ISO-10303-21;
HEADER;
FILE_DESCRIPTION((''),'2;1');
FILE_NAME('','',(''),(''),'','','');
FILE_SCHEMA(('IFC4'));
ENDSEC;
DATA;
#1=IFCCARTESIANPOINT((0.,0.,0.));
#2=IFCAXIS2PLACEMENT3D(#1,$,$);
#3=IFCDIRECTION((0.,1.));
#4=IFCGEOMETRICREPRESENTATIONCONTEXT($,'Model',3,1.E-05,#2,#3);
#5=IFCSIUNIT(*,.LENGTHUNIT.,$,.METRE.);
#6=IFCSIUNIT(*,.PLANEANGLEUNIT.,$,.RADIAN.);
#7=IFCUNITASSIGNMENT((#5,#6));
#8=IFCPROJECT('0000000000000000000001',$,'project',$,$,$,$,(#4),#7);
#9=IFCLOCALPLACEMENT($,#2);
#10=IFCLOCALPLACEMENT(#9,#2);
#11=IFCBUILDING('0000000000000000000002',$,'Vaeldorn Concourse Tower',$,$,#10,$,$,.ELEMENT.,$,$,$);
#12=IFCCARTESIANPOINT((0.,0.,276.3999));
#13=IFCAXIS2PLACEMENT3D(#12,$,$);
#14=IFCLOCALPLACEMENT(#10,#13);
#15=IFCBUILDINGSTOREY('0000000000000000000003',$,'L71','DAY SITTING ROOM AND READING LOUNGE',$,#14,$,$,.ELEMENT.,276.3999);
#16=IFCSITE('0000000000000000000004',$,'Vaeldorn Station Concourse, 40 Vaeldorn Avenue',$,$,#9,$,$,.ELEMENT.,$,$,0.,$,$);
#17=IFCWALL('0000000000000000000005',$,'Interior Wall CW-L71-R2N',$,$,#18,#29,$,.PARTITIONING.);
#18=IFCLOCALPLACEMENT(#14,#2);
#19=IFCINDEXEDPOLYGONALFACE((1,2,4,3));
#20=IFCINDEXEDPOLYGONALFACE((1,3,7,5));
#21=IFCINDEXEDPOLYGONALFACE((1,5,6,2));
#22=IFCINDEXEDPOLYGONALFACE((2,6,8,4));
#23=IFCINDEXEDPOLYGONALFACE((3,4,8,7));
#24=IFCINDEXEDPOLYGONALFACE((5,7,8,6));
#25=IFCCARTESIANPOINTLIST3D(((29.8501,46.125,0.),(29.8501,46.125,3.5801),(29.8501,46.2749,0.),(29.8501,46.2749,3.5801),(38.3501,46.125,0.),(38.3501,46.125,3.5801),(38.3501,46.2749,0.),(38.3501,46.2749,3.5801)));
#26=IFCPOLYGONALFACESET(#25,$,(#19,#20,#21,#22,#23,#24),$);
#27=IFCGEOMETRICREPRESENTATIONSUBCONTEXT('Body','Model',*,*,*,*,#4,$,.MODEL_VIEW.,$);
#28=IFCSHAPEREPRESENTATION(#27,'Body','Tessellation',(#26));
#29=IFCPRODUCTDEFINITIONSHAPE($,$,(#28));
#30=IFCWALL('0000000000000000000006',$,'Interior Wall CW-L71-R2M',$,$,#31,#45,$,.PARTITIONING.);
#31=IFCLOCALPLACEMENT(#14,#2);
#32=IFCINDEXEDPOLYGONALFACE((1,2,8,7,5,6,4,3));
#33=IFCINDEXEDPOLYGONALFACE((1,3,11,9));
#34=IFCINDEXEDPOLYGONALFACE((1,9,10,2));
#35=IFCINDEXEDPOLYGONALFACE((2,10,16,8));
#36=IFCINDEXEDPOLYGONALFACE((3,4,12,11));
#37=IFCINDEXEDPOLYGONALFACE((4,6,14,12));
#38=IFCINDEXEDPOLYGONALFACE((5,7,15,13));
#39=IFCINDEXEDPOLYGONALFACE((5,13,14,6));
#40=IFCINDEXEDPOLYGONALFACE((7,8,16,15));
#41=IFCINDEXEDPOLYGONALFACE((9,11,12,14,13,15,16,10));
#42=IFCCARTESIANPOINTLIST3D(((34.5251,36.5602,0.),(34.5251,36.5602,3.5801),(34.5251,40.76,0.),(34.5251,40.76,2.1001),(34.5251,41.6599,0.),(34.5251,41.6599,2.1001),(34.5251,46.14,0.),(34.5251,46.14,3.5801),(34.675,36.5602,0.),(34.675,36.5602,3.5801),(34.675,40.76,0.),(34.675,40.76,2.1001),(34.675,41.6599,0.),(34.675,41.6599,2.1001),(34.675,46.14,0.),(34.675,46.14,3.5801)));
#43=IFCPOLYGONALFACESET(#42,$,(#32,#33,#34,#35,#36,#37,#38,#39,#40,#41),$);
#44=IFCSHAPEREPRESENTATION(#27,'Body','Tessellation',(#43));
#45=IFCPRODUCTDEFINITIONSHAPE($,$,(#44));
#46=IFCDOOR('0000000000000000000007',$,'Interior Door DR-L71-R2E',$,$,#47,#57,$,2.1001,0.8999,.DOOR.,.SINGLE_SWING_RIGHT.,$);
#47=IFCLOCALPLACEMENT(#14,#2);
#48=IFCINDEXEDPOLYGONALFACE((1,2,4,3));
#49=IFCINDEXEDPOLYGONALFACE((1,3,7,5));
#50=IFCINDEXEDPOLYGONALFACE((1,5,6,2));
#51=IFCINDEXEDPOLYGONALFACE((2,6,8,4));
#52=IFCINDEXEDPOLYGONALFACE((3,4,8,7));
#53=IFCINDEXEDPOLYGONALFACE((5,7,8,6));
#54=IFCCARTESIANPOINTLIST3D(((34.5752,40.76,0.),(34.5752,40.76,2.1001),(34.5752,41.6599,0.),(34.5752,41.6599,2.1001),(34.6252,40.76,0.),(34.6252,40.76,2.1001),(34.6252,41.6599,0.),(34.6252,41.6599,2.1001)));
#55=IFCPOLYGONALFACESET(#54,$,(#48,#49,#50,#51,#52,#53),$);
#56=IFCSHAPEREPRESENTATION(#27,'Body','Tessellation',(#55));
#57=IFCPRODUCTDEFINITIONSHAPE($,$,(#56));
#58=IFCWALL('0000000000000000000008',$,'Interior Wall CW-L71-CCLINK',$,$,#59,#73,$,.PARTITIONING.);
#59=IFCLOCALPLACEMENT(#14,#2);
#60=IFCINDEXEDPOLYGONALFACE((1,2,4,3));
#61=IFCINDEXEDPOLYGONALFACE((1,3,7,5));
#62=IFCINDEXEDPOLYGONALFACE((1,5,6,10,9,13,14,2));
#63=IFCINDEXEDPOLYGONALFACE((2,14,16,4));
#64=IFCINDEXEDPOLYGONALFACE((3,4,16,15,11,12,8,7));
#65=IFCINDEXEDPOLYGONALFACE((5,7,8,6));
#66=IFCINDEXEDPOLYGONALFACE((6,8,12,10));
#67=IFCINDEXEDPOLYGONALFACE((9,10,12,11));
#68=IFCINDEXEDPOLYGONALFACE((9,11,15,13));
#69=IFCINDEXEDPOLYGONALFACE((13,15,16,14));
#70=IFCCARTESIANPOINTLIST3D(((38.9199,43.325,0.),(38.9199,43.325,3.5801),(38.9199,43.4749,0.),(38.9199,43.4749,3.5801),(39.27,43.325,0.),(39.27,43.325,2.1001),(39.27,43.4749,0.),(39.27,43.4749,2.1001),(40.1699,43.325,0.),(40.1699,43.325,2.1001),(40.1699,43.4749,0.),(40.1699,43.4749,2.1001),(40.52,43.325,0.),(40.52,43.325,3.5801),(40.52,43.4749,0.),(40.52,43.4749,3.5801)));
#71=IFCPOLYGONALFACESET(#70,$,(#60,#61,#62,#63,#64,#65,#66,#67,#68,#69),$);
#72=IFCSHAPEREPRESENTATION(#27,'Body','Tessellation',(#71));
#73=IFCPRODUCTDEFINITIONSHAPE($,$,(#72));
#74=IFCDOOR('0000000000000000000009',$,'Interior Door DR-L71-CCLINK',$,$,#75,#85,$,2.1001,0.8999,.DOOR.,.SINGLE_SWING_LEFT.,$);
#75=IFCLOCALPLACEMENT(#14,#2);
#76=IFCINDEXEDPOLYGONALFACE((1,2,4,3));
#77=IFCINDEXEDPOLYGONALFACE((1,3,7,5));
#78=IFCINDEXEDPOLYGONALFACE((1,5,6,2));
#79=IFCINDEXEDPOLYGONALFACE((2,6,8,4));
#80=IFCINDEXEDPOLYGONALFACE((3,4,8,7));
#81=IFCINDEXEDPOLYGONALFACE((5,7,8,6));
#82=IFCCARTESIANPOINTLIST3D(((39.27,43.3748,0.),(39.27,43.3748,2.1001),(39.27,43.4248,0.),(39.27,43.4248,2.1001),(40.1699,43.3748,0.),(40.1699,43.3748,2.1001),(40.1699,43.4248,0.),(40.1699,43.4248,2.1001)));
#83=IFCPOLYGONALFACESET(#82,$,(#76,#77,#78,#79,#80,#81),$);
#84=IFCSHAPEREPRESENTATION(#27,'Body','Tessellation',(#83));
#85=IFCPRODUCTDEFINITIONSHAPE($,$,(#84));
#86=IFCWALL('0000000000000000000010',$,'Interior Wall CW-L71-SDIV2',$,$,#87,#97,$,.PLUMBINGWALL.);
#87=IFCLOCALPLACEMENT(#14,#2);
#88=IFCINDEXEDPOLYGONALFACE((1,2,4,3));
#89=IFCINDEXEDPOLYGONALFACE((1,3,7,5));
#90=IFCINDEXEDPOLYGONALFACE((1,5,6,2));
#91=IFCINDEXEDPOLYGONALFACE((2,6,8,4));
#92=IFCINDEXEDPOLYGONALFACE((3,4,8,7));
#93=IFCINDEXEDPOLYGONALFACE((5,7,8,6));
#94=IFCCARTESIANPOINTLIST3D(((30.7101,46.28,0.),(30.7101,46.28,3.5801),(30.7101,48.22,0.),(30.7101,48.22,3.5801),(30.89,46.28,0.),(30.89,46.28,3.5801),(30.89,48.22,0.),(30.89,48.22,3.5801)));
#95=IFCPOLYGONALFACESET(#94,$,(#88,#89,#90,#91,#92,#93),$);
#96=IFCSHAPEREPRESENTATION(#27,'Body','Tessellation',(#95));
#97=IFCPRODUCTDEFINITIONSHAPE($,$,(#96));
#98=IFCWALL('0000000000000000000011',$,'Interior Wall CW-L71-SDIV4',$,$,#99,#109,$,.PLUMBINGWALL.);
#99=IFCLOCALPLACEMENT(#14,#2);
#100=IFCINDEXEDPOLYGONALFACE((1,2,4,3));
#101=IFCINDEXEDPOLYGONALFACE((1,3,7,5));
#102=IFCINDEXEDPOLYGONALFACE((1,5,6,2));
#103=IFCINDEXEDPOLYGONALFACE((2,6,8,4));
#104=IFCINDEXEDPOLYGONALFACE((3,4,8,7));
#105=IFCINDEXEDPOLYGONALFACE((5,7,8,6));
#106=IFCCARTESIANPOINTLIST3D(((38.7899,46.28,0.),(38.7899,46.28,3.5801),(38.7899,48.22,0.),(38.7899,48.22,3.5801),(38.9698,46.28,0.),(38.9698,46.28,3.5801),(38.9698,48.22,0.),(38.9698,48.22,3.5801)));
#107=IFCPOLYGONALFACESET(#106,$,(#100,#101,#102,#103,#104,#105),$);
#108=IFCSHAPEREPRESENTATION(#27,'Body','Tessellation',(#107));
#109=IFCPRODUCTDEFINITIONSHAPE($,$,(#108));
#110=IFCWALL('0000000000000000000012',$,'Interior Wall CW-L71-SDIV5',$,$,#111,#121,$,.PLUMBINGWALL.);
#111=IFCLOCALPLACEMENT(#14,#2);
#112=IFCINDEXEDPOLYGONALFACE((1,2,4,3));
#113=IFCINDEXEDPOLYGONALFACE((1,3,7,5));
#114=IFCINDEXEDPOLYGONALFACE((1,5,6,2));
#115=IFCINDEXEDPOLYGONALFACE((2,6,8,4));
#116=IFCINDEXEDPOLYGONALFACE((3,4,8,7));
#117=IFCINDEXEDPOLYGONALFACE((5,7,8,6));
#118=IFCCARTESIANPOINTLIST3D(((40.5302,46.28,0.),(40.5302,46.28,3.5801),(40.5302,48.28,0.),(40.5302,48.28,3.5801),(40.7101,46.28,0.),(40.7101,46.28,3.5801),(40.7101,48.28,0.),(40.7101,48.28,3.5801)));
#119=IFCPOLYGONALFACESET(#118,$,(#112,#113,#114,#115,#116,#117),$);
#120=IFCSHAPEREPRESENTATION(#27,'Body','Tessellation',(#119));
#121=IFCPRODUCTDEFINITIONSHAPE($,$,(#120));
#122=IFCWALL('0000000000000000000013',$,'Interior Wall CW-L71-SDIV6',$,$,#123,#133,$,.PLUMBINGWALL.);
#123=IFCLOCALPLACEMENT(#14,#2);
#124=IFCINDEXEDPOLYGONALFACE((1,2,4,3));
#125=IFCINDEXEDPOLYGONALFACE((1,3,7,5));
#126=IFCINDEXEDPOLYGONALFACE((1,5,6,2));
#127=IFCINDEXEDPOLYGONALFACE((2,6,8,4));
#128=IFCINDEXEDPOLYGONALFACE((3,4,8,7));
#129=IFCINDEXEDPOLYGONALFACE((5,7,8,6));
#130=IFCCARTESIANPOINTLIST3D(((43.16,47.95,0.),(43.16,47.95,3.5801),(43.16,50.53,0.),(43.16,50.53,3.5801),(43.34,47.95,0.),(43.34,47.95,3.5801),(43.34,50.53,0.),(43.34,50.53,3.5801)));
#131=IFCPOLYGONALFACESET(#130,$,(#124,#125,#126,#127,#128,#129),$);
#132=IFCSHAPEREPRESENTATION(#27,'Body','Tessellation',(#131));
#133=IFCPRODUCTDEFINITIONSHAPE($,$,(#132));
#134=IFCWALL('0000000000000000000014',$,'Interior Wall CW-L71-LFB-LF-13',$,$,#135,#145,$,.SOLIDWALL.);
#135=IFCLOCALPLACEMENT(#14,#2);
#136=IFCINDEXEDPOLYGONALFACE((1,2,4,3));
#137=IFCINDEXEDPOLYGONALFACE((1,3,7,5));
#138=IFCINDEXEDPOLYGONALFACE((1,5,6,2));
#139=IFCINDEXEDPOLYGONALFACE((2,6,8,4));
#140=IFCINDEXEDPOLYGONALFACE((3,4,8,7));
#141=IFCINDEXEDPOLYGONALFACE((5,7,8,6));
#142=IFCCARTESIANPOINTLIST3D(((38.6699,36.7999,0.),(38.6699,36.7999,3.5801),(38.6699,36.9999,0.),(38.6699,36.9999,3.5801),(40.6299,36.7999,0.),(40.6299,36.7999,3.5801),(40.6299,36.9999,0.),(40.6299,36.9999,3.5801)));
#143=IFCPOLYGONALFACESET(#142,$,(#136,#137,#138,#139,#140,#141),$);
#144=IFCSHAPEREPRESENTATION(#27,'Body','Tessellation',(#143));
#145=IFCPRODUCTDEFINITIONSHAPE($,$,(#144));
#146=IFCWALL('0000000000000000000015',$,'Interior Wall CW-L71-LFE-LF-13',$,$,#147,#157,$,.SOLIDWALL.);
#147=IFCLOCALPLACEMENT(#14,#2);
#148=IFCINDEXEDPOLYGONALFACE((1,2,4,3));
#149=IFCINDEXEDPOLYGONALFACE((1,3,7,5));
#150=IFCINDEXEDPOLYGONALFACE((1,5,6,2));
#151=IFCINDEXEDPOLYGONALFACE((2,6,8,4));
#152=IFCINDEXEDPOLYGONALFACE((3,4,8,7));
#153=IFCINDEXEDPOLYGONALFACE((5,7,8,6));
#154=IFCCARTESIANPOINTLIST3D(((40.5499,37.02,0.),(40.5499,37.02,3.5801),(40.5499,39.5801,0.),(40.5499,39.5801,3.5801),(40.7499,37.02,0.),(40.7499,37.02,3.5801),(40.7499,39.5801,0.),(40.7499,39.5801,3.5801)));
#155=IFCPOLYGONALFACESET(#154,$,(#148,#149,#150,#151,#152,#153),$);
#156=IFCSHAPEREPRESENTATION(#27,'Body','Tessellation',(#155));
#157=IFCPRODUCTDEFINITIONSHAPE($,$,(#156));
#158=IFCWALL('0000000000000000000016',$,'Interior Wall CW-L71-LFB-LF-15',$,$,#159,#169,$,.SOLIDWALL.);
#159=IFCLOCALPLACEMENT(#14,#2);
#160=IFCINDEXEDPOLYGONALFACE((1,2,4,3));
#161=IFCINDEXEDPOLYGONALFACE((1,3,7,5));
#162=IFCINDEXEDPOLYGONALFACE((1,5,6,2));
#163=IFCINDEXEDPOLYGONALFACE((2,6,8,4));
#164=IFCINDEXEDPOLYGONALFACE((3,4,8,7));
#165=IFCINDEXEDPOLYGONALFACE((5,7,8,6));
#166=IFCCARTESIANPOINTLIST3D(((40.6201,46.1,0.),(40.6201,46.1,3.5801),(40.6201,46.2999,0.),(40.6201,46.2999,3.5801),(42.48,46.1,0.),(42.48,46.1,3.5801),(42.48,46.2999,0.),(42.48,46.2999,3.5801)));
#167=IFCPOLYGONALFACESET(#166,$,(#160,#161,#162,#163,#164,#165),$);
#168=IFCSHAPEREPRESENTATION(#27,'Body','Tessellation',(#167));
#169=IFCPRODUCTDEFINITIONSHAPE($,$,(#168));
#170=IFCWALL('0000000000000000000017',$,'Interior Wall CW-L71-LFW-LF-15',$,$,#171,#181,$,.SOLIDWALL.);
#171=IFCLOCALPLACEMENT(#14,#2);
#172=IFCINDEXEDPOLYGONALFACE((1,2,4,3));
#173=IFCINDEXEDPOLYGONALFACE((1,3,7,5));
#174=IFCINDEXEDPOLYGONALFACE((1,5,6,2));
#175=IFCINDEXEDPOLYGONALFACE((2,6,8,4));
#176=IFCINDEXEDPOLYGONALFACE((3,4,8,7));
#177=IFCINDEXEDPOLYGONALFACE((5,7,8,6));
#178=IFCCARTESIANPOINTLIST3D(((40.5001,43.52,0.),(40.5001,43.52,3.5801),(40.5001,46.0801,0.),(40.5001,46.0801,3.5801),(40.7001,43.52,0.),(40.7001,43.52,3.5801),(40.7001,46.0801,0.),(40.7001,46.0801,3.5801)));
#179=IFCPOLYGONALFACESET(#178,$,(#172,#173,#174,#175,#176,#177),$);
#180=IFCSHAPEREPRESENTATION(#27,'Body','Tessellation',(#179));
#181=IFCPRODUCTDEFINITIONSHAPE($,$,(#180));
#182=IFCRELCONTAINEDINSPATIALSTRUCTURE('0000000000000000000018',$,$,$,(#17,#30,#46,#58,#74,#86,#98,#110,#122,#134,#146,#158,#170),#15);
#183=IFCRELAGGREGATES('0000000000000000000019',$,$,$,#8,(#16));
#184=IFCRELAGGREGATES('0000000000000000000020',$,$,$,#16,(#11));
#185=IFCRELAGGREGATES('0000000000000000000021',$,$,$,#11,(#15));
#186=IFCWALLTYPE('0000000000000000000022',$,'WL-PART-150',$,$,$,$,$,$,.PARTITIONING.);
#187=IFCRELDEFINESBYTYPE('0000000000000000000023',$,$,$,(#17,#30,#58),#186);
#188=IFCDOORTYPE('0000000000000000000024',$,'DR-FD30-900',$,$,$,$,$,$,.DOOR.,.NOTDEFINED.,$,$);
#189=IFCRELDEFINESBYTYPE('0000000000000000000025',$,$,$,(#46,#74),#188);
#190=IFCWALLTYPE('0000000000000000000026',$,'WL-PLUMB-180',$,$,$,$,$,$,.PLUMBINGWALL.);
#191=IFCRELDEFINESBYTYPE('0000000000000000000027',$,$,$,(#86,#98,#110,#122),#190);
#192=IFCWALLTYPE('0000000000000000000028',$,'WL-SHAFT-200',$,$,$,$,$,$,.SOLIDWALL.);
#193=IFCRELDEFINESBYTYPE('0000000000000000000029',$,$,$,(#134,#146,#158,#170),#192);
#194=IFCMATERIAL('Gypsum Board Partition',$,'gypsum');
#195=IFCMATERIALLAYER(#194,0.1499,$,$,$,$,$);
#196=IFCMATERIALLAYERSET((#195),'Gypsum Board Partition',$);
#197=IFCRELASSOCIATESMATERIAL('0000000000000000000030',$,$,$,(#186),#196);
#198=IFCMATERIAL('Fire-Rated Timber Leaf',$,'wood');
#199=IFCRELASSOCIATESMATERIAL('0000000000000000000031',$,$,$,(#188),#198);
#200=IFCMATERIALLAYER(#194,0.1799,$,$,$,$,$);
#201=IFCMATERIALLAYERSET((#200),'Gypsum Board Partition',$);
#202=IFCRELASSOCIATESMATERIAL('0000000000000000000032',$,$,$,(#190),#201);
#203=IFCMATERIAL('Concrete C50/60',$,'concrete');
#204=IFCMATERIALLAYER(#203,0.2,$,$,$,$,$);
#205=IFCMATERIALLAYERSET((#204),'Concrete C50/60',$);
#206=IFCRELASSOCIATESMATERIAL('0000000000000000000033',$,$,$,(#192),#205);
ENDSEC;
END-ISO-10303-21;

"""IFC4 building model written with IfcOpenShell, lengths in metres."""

from ifc_helpers import new_model, si_unit, direction, frame, frame_2d, origin, place, context, subcontext, project, spatial, rectangle, extrude, source, transform, mapped, material, layer, layer_set, type_object, element, fill, save


model = new_model("IFC4")

# Units and contexts
model_context = context("Model", 3, precision=1e-05, world=origin(), true_north=direction((0.0, 1.0)))
body_context = subcontext(model_context, "Body", "Model", "MODEL_VIEW")
ifc_project = project(units=[si_unit("LENGTHUNIT", "METRE"), si_unit("PLANEANGLEUNIT", "RADIAN")], contexts=[model_context])

# Site, building, storey
site_placement = place(None, origin())
site = spatial("IfcSite", under=ifc_project, at=site_placement, Name="Vaeldorn Station Concourse, 40 Vaeldorn Avenue", CompositionType="ELEMENT", RefElevation=0.0)
building_placement = place(site_placement, origin())
building = spatial("IfcBuilding", under=site, at=building_placement, Name="Vaeldorn Concourse Tower", CompositionType="ELEMENT")
storey_placement = place(building_placement, frame((0.0, 0.0, 276.3999)))
storey = spatial("IfcBuildingStorey", under=building, at=storey_placement, Name="L71", Description="DAY SITTING ROOM AND READING LOUNGE", CompositionType="ELEMENT", Elevation=276.3999)

# Wall
ifc_material_1 = material(Name="Concrete C50/60", Category="concrete")
ifc_material_2 = material(Name="Gypsum Board Partition", Category="gypsum")
ifc_layer_1 = layer(ifc_material_2, 0.1499)
ifc_layer_set_1 = layer_set([ifc_layer_1], Name="Gypsum Board Partition")
wall_type_1 = type_object("IfcWallType", Name="WL-PART-150", PredefinedType="PARTITIONING", material=ifc_layer_set_1)
wall_1_placement = place(storey_placement, frame((29.8501, 46.2, 0.0), z_axis=(0.0, 0.0, 1.0), x_axis=(1.0, 0.0, 0.0)))
element("IfcWall", 1, at=wall_1_placement, inside=storey, type_object=wall_type_1, Name="Interior Wall CW-L71-R2N", PredefinedType="PARTITIONING", context=body_context, shape_type="SweptSolid", body=[
    extrude(rectangle(XDim=8.5, YDim=0.1499, at=frame_2d((4.25, 0.0))), origin(), (0.0, 0.0, 1.0), 3.5801),
])

# Walls, openings, doors
wall_2_placement = place(storey_placement, frame((34.6001, 36.5601, 0.0), z_axis=(0.0, 0.0, 1.0), x_axis=(0.0, 1.0, 0.0)))
wall_2 = element("IfcWall", 2, at=wall_2_placement, inside=storey, type_object=wall_type_1, Name="Interior Wall CW-L71-R2M", PredefinedType="PARTITIONING", context=body_context, shape_type="SweptSolid", body=[
    extrude(rectangle(XDim=9.5798, YDim=0.1499, at=frame_2d((4.79, 0.0))), origin(), (0.0, 0.0, 1.0), 3.5801),
])
opening_1_placement = place(wall_2_placement, frame((4.2, 0.0, 0.0)))
opening_1 = element("IfcOpeningElement", 3, at=opening_1_placement, cuts=wall_2, PredefinedType="OPENING", context=body_context, shape_type="SweptSolid", body=[
    extrude(rectangle(XDim=0.8999, YDim=2.1001, at=frame_2d((0.45, 1.05))), frame((0.0, 0.085, 0.0), z_axis=(0.0, -1.0, 0.0), x_axis=(1.0, 0.0, 0.0)), (0.0, 0.0, 1.0), 0.1699),
])
ifc_material_3 = material(Name="Fire-Rated Timber Leaf", Category="wood")
door_type_1 = type_object("IfcDoorType", Name="DR-FD30-900", OperationType="NOTDEFINED", PredefinedType="DOOR", material=ifc_material_3)
shared_shape_1 = source(origin(), body_context, "Body", "SweptSolid", [
    extrude(rectangle(XDim=0.8999, YDim=2.1001, at=frame_2d((0.45, 1.05))), frame((0.0, 0.0249, 0.0), z_axis=(0.0, -1.0, 0.0), x_axis=(1.0, 0.0, 0.0)), (0.0, 0.0, 1.0), 0.05),
])
door_1_placement = place(opening_1_placement, origin())
door_1 = element("IfcDoor", 4, at=door_1_placement, inside=storey, type_object=door_type_1, Name="Interior Door DR-L71-R2E", OperationType="SINGLE_SWING_RIGHT", OverallHeight=2.1001, OverallWidth=0.8999, PredefinedType="DOOR", context=body_context, shape_type="MappedRepresentation", body=[
    mapped(shared_shape_1, transform((0.0, 0.0, 0.0), scale=1.0)),
])
fill(opening_1, door_1)
wall_3_placement = place(storey_placement, frame((38.9199, 43.3999, 0.0), z_axis=(0.0, 0.0, 1.0), x_axis=(1.0, 0.0, 0.0)))
wall_3 = element("IfcWall", 5, at=wall_3_placement, inside=storey, type_object=wall_type_1, Name="Interior Wall CW-L71-CCLINK", PredefinedType="PARTITIONING", context=body_context, shape_type="SweptSolid", body=[
    extrude(rectangle(XDim=1.6001, YDim=0.1499, at=frame_2d((0.8, 0.0))), origin(), (0.0, 0.0, 1.0), 3.5801),
])
opening_2_placement = place(wall_3_placement, frame((0.3501, 0.0, 0.0)))
opening_2 = element("IfcOpeningElement", 6, at=opening_2_placement, cuts=wall_3, PredefinedType="OPENING", context=body_context, shape_type="SweptSolid", body=[
    extrude(rectangle(XDim=0.8999, YDim=2.1001, at=frame_2d((0.45, 1.05))), frame((0.0, 0.085, 0.0), z_axis=(0.0, -1.0, 0.0), x_axis=(1.0, 0.0, 0.0)), (0.0, 0.0, 1.0), 0.1699),
])
door_2_placement = place(opening_2_placement, origin())
door_2 = element("IfcDoor", 7, at=door_2_placement, inside=storey, type_object=door_type_1, Name="Interior Door DR-L71-CCLINK", OperationType="SINGLE_SWING_LEFT", OverallHeight=2.1001, OverallWidth=0.8999, PredefinedType="DOOR", context=body_context, shape_type="MappedRepresentation", body=[
    mapped(shared_shape_1, transform((0.0, 0.0, 0.0), scale=1.0)),
])
fill(opening_2, door_2)

# Walls
ifc_layer_2 = layer(ifc_material_2, 0.1799)
ifc_layer_set_2 = layer_set([ifc_layer_2], Name="Gypsum Board Partition")
wall_type_2 = type_object("IfcWallType", Name="WL-PLUMB-180", PredefinedType="PLUMBINGWALL", material=ifc_layer_set_2)
for number, where, z_axis, x_axis, name in (
    (8, (30.8, 46.28, 0.0), (0.0, 0.0, 1.0), (0.0, 1.0, 0.0), "Interior Wall CW-L71-SDIV2"),
    (9, (38.8799, 46.28, 0.0), (0.0, 0.0, 1.0), (0.0, 1.0, 0.0), "Interior Wall CW-L71-SDIV4"),
):
    element("IfcWall", number, at=place(storey_placement, frame(where, z_axis=z_axis, x_axis=x_axis)), inside=storey, type_object=wall_type_2, Name=name, PredefinedType="PLUMBINGWALL", context=body_context, shape_type="SweptSolid", body=[
        extrude(rectangle(XDim=1.9399, YDim=0.1799, at=frame_2d((0.97, 0.0))), origin(), (0.0, 0.0, 1.0), 3.5801),
    ])
wall_4_placement = place(storey_placement, frame((40.6201, 46.28, 0.0), z_axis=(0.0, 0.0, 1.0), x_axis=(0.0, 1.0, 0.0)))
element("IfcWall", 10, at=wall_4_placement, inside=storey, type_object=wall_type_2, Name="Interior Wall CW-L71-SDIV5", PredefinedType="PLUMBINGWALL", context=body_context, shape_type="SweptSolid", body=[
    extrude(rectangle(XDim=2.0, YDim=0.1799, at=frame_2d((1.0, 0.0))), origin(), (0.0, 0.0, 1.0), 3.5801),
])
wall_5_placement = place(storey_placement, frame((43.25, 47.95, 0.0), z_axis=(0.0, 0.0, 1.0), x_axis=(0.0, 1.0, 0.0)))
element("IfcWall", 11, at=wall_5_placement, inside=storey, type_object=wall_type_2, Name="Interior Wall CW-L71-SDIV6", PredefinedType="PLUMBINGWALL", context=body_context, shape_type="SweptSolid", body=[
    extrude(rectangle(XDim=2.5801, YDim=0.1799, at=frame_2d((1.29, 0.0))), origin(), (0.0, 0.0, 1.0), 3.5801),
])

# Shared definitions
ifc_layer_3 = layer(ifc_material_1, 0.2)
ifc_layer_set_3 = layer_set([ifc_layer_3], Name="Concrete C50/60")
wall_type_3 = type_object("IfcWallType", Name="WL-SHAFT-200", PredefinedType="SOLIDWALL", material=ifc_layer_set_3)

# Walls
wall_6_placement = place(storey_placement, frame((38.6699, 36.8999, 0.0), z_axis=(0.0, 0.0, 1.0), x_axis=(1.0, 0.0, 0.0)))
element("IfcWall", 12, at=wall_6_placement, inside=storey, type_object=wall_type_3, Name="Interior Wall CW-L71-LFB-LF-13", PredefinedType="SOLIDWALL", context=body_context, shape_type="SweptSolid", body=[
    extrude(rectangle(XDim=1.96, YDim=0.2, at=frame_2d((0.98, 0.0))), origin(), (0.0, 0.0, 1.0), 3.5801),
])
wall_7_placement = place(storey_placement, frame((40.6499, 37.02, 0.0), z_axis=(0.0, 0.0, 1.0), x_axis=(0.0, 1.0, 0.0)))
element("IfcWall", 13, at=wall_7_placement, inside=storey, type_object=wall_type_3, Name="Interior Wall CW-L71-LFE-LF-13", PredefinedType="SOLIDWALL", context=body_context, shape_type="SweptSolid", body=[
    extrude(rectangle(XDim=2.5601, YDim=0.2, at=frame_2d((1.28, 0.0))), origin(), (0.0, 0.0, 1.0), 3.5801),
])

# Walls
wall_8_placement = place(storey_placement, frame((40.6201, 46.2, 0.0), z_axis=(0.0, 0.0, 1.0), x_axis=(1.0, 0.0, 0.0)))
element("IfcWall", 14, at=wall_8_placement, inside=storey, type_object=wall_type_3, Name="Interior Wall CW-L71-LFB-LF-15", PredefinedType="SOLIDWALL", context=body_context, shape_type="SweptSolid", body=[
    extrude(rectangle(XDim=1.8599, YDim=0.2, at=frame_2d((0.9299, 0.0))), origin(), (0.0, 0.0, 1.0), 3.5801),
])
for number, where, z_axis, x_axis, name in (
    (15, (40.6001, 43.52, 0.0), (0.0, 0.0, 1.0), (0.0, 1.0, 0.0), "Interior Wall CW-L71-LFW-LF-15"),
):
    element("IfcWall", number, at=place(storey_placement, frame(where, z_axis=z_axis, x_axis=x_axis)), inside=storey, type_object=wall_type_3, Name=name, PredefinedType="SOLIDWALL", context=body_context, shape_type="SweptSolid", body=[
        extrude(rectangle(XDim=2.5601, YDim=0.2, at=frame_2d((1.28, 0.0))), origin(), (0.0, 0.0, 1.0), 3.5801),
    ])

save(model, "model.ifc")
